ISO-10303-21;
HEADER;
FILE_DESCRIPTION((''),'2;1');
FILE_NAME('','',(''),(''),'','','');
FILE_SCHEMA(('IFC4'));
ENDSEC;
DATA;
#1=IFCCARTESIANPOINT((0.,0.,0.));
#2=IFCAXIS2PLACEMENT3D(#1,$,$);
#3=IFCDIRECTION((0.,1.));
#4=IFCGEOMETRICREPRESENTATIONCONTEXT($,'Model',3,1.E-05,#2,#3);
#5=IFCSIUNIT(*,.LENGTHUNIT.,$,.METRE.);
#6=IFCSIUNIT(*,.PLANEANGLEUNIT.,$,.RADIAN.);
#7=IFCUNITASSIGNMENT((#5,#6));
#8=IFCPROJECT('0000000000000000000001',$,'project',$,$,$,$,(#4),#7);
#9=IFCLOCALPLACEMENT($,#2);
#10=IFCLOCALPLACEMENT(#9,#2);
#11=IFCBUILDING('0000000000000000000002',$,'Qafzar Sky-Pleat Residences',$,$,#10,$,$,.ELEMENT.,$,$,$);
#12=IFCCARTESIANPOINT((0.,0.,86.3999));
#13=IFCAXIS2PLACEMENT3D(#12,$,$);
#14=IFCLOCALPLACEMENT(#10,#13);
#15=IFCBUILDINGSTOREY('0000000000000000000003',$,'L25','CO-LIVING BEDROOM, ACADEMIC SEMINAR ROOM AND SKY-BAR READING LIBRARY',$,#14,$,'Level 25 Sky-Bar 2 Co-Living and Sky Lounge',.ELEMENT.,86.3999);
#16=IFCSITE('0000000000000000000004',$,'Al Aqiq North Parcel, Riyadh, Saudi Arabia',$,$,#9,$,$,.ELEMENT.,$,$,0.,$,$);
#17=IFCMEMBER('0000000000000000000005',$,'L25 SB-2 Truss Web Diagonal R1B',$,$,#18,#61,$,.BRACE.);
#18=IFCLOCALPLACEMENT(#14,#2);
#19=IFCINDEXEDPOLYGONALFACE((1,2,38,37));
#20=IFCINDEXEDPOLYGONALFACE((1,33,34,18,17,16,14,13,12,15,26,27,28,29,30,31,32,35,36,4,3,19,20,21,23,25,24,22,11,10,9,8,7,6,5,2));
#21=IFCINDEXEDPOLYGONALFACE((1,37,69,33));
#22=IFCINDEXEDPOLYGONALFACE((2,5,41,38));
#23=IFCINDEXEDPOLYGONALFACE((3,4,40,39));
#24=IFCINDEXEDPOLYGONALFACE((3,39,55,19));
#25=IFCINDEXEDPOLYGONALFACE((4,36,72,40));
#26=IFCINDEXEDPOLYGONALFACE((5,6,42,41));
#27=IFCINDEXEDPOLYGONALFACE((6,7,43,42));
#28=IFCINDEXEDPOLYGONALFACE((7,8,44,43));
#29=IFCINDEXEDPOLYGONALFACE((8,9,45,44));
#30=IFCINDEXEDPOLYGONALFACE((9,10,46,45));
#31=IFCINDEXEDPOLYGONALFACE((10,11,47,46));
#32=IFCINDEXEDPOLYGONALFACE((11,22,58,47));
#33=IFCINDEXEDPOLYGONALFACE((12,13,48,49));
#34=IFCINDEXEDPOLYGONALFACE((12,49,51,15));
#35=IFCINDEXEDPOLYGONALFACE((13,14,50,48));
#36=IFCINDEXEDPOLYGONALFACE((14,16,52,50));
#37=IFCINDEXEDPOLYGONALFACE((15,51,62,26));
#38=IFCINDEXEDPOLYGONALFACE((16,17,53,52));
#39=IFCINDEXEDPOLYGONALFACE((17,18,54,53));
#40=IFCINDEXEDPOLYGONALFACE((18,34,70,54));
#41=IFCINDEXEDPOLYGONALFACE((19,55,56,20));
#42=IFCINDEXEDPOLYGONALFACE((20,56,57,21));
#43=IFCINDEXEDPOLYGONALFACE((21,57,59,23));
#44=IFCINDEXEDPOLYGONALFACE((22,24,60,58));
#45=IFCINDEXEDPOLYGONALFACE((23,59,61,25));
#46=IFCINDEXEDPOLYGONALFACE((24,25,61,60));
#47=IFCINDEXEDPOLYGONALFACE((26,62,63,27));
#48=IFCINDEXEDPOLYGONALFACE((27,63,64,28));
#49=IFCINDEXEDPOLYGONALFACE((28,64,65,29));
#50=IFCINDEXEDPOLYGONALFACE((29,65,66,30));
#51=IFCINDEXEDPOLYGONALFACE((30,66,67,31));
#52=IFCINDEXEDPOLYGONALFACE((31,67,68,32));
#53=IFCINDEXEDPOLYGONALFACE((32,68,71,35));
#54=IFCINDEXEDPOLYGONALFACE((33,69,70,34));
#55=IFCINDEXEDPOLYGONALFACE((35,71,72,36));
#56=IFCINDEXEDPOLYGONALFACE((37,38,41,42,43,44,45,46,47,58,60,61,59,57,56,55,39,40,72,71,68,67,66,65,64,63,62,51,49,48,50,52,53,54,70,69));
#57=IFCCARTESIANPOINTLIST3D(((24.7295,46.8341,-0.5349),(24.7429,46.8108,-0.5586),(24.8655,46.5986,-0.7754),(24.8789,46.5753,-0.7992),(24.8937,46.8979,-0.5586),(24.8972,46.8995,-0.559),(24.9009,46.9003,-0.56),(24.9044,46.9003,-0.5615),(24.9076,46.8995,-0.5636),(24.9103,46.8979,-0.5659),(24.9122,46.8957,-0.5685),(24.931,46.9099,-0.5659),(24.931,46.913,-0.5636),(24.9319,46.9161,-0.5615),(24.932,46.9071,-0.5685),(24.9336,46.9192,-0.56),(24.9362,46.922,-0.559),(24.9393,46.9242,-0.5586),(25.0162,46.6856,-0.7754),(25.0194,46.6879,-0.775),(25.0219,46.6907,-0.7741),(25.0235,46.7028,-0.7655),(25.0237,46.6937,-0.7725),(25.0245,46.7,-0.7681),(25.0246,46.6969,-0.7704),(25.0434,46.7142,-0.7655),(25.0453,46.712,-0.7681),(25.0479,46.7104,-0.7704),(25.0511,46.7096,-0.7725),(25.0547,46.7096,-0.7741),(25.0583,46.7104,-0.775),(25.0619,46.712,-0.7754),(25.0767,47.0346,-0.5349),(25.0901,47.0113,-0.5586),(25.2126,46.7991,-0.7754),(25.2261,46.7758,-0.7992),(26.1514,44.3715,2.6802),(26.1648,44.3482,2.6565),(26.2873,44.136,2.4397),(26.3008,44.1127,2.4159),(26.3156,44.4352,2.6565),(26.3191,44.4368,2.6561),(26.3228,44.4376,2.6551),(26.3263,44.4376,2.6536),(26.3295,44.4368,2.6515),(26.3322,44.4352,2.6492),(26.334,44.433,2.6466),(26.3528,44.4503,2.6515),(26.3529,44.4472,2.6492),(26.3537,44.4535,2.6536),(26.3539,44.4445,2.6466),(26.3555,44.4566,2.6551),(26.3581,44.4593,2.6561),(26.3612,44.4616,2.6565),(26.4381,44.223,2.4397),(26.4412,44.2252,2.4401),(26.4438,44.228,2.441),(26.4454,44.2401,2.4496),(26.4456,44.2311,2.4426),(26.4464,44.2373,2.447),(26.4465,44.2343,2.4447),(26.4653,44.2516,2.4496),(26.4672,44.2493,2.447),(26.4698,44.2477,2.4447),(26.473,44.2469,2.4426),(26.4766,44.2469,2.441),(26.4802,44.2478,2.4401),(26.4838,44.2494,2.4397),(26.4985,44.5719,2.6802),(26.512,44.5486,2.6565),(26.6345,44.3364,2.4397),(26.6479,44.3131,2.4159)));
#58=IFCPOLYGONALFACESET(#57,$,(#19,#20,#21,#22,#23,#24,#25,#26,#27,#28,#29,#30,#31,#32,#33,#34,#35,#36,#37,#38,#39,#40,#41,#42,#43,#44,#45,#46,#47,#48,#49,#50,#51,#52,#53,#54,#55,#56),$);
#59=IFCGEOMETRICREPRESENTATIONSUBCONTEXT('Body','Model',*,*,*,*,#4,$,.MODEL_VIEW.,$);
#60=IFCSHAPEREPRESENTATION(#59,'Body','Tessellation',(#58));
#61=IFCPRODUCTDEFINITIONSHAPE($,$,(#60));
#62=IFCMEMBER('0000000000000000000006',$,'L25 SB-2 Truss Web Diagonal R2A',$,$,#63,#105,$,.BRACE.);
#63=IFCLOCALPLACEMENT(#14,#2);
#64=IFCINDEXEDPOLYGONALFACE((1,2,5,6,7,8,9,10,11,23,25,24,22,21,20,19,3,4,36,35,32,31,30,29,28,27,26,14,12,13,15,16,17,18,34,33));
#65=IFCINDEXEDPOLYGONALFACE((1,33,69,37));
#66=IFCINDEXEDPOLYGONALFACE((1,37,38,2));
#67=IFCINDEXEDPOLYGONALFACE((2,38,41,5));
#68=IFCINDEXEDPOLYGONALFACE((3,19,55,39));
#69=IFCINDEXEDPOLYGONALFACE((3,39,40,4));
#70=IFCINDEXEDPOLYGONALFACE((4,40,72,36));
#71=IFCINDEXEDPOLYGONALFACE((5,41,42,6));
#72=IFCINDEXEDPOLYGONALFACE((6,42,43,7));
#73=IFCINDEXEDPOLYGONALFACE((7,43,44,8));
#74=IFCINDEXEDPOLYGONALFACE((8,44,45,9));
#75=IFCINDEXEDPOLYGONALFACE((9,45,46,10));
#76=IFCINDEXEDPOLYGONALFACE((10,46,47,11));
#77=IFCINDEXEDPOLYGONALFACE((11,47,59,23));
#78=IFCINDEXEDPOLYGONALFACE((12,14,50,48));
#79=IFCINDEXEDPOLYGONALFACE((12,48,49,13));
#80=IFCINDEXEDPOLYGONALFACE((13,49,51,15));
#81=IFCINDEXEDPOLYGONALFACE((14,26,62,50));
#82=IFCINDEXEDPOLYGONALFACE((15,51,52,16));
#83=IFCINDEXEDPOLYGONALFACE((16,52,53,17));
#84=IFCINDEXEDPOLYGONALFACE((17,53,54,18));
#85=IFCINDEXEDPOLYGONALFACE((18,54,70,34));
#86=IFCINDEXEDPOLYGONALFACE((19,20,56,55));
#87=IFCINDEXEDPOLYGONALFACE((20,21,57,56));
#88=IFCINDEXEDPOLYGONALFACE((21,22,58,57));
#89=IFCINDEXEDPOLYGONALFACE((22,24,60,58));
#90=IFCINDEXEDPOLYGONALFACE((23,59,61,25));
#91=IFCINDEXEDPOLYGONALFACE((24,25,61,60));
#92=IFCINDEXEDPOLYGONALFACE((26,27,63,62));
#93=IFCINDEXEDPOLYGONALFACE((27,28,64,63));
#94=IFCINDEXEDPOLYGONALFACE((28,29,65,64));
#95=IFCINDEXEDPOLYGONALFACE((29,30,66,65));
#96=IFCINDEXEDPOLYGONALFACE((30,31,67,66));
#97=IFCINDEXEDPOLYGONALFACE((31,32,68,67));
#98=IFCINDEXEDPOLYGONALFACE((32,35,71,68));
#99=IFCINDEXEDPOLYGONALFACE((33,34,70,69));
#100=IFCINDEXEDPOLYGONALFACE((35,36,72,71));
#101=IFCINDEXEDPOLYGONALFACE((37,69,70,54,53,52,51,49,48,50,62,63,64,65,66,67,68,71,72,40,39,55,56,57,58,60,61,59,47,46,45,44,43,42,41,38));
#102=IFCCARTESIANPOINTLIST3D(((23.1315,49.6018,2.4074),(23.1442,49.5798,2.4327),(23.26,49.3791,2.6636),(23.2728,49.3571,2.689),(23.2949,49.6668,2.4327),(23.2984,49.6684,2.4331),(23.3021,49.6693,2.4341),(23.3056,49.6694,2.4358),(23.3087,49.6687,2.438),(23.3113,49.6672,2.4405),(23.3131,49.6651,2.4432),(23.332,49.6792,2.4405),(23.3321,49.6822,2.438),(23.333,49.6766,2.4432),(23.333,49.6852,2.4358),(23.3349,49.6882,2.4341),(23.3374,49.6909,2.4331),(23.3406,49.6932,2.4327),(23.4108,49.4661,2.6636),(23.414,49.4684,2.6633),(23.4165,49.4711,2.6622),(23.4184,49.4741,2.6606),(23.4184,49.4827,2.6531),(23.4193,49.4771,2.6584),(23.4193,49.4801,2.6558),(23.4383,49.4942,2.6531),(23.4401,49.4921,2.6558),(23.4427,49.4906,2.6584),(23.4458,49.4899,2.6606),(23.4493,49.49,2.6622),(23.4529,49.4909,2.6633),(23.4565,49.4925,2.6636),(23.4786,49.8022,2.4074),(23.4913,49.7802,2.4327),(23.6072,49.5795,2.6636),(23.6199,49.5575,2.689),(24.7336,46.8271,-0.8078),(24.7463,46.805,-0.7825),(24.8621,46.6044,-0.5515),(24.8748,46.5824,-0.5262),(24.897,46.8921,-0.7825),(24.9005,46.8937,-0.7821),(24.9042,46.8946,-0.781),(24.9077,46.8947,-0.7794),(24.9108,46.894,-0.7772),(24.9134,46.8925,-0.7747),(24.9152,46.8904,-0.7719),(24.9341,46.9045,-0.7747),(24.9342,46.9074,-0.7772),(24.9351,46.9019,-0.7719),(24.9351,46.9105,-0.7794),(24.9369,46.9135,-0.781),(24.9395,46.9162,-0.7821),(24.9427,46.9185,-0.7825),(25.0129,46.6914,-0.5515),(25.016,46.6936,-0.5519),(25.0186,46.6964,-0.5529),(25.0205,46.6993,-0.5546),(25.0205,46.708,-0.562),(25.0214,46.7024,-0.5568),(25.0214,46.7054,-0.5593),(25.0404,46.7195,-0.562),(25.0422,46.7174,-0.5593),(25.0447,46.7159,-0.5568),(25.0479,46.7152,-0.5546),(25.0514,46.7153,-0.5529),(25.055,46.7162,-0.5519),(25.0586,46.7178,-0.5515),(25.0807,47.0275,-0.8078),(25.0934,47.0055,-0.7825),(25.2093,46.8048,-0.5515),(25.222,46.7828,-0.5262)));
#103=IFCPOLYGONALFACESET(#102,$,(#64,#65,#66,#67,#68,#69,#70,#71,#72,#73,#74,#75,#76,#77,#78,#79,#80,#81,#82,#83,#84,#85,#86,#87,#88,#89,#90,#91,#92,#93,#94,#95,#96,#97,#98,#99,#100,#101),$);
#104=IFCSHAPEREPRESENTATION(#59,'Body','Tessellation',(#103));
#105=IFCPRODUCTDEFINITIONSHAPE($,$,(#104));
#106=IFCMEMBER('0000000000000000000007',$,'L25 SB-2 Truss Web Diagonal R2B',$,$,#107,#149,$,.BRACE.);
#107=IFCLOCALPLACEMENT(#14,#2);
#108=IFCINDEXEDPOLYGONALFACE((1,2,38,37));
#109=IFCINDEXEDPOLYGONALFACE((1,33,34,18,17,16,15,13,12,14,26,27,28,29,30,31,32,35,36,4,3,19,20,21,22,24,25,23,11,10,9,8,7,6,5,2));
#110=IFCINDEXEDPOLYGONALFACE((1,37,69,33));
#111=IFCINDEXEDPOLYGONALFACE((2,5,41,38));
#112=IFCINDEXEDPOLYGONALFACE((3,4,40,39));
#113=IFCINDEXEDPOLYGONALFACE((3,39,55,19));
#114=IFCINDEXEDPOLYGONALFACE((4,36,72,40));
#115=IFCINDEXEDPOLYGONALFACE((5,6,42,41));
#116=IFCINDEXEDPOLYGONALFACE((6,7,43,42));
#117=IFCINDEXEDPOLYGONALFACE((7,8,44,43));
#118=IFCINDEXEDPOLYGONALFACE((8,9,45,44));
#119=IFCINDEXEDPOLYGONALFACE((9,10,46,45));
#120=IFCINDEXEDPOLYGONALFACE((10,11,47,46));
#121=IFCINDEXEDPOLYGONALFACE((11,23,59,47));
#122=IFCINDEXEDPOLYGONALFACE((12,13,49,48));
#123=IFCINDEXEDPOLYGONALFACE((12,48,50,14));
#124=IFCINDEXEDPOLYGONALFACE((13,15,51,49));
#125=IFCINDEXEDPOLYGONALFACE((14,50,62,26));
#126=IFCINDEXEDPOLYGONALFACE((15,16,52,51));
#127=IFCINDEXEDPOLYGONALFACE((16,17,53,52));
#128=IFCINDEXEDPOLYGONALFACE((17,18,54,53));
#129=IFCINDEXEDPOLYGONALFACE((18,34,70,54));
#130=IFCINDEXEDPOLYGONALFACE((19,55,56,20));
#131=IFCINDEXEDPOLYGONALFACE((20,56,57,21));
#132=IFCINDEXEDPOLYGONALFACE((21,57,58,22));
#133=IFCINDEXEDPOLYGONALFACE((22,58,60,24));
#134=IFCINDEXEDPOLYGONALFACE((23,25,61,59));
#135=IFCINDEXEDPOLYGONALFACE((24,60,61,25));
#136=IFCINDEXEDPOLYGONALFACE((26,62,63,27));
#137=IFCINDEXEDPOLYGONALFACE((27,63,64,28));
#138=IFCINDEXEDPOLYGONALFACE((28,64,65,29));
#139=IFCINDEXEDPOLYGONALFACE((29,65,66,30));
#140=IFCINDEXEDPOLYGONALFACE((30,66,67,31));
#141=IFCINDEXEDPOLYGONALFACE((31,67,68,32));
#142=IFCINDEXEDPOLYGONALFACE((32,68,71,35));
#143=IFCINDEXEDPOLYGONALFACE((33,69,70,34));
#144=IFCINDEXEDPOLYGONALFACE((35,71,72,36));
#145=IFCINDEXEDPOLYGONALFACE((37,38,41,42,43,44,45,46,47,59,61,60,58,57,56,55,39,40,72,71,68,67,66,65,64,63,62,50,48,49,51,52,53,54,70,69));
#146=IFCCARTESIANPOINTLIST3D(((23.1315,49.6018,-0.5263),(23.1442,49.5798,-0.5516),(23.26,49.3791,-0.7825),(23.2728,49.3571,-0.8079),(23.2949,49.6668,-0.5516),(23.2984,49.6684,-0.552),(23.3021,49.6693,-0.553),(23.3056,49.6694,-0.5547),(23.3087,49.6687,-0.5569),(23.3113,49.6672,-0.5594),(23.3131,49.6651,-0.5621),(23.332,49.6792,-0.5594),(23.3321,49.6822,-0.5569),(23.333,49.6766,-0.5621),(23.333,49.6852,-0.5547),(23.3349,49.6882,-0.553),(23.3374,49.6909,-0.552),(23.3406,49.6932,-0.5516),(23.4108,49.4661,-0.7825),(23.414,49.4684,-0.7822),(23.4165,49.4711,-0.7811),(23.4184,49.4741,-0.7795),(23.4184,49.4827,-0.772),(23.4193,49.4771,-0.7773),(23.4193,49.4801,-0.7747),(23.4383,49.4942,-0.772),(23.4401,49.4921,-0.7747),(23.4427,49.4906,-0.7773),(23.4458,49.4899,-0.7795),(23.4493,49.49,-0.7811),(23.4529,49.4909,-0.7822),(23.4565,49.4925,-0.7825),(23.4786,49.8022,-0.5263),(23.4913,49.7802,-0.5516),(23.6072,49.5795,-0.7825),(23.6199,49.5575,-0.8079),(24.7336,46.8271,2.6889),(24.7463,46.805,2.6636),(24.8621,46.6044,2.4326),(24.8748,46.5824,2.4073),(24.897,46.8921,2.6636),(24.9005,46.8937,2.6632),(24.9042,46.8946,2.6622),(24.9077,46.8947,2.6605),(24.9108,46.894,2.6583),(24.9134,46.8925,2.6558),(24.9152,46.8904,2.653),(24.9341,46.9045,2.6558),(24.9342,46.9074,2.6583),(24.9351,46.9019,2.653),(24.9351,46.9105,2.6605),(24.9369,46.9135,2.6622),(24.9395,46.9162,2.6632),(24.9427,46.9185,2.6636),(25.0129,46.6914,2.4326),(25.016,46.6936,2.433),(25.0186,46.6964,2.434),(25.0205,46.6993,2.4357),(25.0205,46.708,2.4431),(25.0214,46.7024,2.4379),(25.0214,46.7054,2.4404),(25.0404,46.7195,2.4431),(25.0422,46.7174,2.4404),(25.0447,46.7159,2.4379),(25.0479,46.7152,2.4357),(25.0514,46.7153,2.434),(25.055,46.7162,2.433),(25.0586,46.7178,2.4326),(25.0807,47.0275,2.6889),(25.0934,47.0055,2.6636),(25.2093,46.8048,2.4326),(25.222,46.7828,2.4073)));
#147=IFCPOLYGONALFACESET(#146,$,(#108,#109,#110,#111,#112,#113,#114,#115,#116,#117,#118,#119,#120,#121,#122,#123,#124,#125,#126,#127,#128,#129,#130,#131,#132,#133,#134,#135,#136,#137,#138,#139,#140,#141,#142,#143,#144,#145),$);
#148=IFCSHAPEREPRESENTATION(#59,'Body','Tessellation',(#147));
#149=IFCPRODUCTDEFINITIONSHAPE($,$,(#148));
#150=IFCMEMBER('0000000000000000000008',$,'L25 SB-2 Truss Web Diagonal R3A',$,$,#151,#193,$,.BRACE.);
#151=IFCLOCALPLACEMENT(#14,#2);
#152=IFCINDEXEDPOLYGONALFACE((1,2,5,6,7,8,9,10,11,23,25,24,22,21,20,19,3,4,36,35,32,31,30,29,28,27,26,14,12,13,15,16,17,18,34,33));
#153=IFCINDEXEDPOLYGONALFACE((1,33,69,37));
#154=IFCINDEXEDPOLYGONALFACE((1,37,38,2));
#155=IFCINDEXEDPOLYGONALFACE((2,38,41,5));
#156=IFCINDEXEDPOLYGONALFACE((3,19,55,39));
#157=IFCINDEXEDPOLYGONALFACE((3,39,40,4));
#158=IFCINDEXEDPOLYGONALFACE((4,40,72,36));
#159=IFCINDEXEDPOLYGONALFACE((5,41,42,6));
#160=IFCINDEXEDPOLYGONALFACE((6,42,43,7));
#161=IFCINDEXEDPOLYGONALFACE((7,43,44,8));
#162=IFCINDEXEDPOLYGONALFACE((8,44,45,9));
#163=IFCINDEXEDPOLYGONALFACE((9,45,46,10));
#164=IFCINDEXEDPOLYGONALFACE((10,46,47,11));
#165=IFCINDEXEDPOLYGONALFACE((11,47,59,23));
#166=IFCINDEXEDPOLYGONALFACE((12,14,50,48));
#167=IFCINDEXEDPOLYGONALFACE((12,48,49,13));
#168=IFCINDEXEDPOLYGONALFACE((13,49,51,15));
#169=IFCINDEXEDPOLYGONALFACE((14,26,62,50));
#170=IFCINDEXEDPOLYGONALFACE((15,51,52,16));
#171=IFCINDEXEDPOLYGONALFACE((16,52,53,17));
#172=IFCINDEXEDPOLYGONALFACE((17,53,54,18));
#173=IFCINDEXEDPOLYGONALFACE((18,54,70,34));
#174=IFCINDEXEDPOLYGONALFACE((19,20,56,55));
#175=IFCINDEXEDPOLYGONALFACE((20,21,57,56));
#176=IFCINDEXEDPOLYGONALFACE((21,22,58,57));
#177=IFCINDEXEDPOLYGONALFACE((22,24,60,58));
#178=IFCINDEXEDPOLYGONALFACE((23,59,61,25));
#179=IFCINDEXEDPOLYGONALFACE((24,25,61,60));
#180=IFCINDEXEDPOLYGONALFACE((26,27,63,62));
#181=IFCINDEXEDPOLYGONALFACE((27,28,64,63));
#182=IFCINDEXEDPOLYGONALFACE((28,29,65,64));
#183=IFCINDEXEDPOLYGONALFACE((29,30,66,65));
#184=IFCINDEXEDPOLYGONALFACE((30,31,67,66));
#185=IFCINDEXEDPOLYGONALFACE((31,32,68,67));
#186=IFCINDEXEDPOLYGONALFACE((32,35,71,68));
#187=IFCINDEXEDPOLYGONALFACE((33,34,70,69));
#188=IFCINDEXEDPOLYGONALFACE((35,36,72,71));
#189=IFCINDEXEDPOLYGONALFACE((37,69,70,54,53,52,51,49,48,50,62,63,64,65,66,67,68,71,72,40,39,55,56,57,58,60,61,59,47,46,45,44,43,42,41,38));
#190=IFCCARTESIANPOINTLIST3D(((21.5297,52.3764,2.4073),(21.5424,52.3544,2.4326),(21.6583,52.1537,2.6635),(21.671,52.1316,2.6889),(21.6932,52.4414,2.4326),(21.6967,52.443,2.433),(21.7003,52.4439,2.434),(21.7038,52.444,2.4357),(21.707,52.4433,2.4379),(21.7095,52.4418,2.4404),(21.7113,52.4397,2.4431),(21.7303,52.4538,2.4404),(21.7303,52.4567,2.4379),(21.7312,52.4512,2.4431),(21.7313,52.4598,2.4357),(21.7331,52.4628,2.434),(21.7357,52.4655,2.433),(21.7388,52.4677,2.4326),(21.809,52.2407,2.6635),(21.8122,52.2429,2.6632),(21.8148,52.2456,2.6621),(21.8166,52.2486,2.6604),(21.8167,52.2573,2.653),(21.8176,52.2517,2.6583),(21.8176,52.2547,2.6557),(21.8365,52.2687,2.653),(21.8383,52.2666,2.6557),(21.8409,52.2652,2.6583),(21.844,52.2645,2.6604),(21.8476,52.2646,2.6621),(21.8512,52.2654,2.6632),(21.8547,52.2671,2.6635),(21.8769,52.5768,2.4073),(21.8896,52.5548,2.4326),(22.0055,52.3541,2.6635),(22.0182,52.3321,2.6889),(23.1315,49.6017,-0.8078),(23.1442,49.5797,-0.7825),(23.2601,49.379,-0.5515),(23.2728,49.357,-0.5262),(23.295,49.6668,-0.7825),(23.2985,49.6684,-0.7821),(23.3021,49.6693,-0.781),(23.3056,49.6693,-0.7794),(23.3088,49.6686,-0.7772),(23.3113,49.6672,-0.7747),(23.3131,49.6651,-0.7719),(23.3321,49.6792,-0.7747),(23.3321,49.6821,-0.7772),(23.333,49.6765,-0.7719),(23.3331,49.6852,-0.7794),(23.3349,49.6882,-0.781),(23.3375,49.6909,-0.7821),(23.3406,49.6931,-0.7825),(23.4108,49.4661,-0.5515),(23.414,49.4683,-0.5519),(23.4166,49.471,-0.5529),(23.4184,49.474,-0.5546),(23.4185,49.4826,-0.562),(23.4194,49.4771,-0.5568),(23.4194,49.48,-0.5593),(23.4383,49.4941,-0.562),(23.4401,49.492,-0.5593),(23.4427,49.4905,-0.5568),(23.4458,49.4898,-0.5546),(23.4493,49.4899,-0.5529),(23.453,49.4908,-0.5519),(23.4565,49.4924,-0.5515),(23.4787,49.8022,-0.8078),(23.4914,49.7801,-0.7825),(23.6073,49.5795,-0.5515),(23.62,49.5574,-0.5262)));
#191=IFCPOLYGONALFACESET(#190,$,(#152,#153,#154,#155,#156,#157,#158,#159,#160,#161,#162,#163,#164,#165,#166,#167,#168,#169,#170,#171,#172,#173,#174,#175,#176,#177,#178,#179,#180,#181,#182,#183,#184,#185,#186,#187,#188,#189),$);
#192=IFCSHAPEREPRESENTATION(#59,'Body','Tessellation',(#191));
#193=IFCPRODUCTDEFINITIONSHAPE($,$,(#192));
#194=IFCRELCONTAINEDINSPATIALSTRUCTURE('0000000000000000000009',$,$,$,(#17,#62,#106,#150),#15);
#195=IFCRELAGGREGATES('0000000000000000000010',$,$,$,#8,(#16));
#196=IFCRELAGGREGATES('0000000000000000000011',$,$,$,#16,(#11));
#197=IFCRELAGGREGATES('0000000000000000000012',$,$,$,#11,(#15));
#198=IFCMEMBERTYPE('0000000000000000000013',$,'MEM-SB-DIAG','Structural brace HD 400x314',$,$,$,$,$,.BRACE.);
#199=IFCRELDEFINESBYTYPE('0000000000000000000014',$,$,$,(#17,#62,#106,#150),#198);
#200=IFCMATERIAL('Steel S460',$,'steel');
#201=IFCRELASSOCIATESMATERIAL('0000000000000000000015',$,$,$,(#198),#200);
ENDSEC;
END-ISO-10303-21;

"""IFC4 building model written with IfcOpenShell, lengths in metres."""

from ifc_helpers import new_model, si_unit, direction, frame, origin, origin_2d, place, context, subcontext, project, spatial, i_section, extrude, source, transform, mapped, material, material_profile, profile_set, type_object, element, save


model = new_model("IFC4")

# Units and contexts
model_context = context("Model", 3, precision=1e-05, world=origin(), true_north=direction((0.0, 1.0)))
body_context = subcontext(model_context, "Body", "Model", "MODEL_VIEW")
ifc_project = project(units=[si_unit("LENGTHUNIT", "METRE"), si_unit("PLANEANGLEUNIT", "RADIAN")], contexts=[model_context])

# Site, building, storey
site_placement = place(None, origin())
site = spatial("IfcSite", under=ifc_project, at=site_placement, Name="Al Aqiq North Parcel, Riyadh, Saudi Arabia", CompositionType="ELEMENT", RefElevation=0.0)
building_placement = place(site_placement, origin())
building = spatial("IfcBuilding", under=site, at=building_placement, Name="Qafzar Sky-Pleat Residences", CompositionType="ELEMENT")
storey_placement = place(building_placement, frame((0.0, 0.0, 86.3999)))
storey = spatial("IfcBuildingStorey", under=building, at=storey_placement, Name="L25", Description="CO-LIVING BEDROOM, ACADEMIC SEMINAR ROOM AND SKY-BAR READING LIBRARY", LongName="Level 25 Sky-Bar 2 Co-Living and Sky Lounge", CompositionType="ELEMENT", Elevation=86.3999)

# Shared definitions
ifc_material_1 = material(Name="Steel S460", Category="steel")

# Members
ifc_material_profile_1 = material_profile(ifc_material_1, i_section(OverallWidth=0.4009, OverallDepth=0.3989, WebThickness=0.0229, FlangeThickness=0.0359, FilletRadius=0.0149, at=origin_2d()), Name="HD 400x314")
ifc_profile_set_1 = profile_set([ifc_material_profile_1], Name="Steel S460")
member_type = type_object("IfcMemberType", Name="MEM-SB-DIAG", Description="Structural brace HD 400x314", PredefinedType="BRACE", material=ifc_profile_set_1)
shared_shape_1 = source(origin(), body_context, "Body", "SweptSolid", [
    extrude(i_section(OverallWidth=0.4009, OverallDepth=0.3989, WebThickness=0.0229, FlangeThickness=0.0359, FilletRadius=0.0149, at=origin_2d()), origin(), (0.0, 0.0, 1.0), 4.2922),
])
for number, where, z_axis, x_axis, name in (
    (1, (26.3997, 44.3423, 2.5481), (-0.331268, 0.573747, -0.74905), (-0.866015, -0.500017, 0.0), "L25 SB-2 Truss Web Diagonal R1B"),
):
    element("IfcMember", number, at=place(storey_placement, frame(where, z_axis=z_axis, x_axis=x_axis)), inside=storey, type_object=member_type, Name=name, PredefinedType="BRACE", context=body_context, shape_type="MappedRepresentation", body=[
        mapped(shared_shape_1, transform((0.0, 0.0, 0.0), x_axis=(1.0, 0.0, 0.0), y_axis=(0.0, 1.0, 0.0), z_axis=(0.0, 0.0, 1.0), scale=1.0)),
    ])
shared_shape_2 = source(origin(), body_context, "Body", "SweptSolid", [
    extrude(i_section(OverallWidth=0.4009, OverallDepth=0.3989, WebThickness=0.0229, FlangeThickness=0.0359, FilletRadius=0.0149, at=origin_2d()), origin(), (0.0, 0.0, 1.0), 4.5391),
])
for number, where, z_axis, x_axis, name in (
    (2, (24.9778, 46.8049, -0.667), (-0.352956, 0.611299, 0.708333), (-0.866012, -0.500024, 0.0), "L25 SB-2 Truss Web Diagonal R2A"),
    (3, (24.9778, 46.8049, 2.5481), (-0.352956, 0.611299, -0.708333), (-0.866012, -0.500024, 0.0), "L25 SB-2 Truss Web Diagonal R2B"),
):
    element("IfcMember", number, at=place(storey_placement, frame(where, z_axis=z_axis, x_axis=x_axis)), inside=storey, type_object=member_type, Name=name, PredefinedType="BRACE", context=body_context, shape_type="MappedRepresentation", body=[
        mapped(shared_shape_2, transform((0.0, 0.0, 0.0), x_axis=(1.0, 0.0, 0.0), y_axis=(0.0, 1.0, 0.0), z_axis=(0.0, 0.0, 1.0), scale=1.0)),
    ])
shared_shape_3 = source(origin(), body_context, "Body", "SweptSolid", [
    extrude(i_section(OverallWidth=0.4009, OverallDepth=0.3989, WebThickness=0.0229, FlangeThickness=0.0359, FilletRadius=0.0149, at=origin_2d()), origin(), (0.0, 0.0, 1.0), 4.5388),
])
for number, where, z_axis, x_axis, name in (
    (4, (23.3757, 49.5796, -0.667), (-0.352909, 0.611311, 0.708346), (-0.866045, -0.499967, 0.0), "L25 SB-2 Truss Web Diagonal R3A"),
):
    element("IfcMember", number, at=place(storey_placement, frame(where, z_axis=z_axis, x_axis=x_axis)), inside=storey, type_object=member_type, Name=name, PredefinedType="BRACE", context=body_context, shape_type="MappedRepresentation", body=[
        mapped(shared_shape_3, transform((0.0, 0.0, 0.0), x_axis=(1.0, 0.0, 0.0), y_axis=(0.0, 1.0, 0.0), z_axis=(0.0, 0.0, 1.0), scale=1.0)),
    ])

save(model, "model.ifc")
